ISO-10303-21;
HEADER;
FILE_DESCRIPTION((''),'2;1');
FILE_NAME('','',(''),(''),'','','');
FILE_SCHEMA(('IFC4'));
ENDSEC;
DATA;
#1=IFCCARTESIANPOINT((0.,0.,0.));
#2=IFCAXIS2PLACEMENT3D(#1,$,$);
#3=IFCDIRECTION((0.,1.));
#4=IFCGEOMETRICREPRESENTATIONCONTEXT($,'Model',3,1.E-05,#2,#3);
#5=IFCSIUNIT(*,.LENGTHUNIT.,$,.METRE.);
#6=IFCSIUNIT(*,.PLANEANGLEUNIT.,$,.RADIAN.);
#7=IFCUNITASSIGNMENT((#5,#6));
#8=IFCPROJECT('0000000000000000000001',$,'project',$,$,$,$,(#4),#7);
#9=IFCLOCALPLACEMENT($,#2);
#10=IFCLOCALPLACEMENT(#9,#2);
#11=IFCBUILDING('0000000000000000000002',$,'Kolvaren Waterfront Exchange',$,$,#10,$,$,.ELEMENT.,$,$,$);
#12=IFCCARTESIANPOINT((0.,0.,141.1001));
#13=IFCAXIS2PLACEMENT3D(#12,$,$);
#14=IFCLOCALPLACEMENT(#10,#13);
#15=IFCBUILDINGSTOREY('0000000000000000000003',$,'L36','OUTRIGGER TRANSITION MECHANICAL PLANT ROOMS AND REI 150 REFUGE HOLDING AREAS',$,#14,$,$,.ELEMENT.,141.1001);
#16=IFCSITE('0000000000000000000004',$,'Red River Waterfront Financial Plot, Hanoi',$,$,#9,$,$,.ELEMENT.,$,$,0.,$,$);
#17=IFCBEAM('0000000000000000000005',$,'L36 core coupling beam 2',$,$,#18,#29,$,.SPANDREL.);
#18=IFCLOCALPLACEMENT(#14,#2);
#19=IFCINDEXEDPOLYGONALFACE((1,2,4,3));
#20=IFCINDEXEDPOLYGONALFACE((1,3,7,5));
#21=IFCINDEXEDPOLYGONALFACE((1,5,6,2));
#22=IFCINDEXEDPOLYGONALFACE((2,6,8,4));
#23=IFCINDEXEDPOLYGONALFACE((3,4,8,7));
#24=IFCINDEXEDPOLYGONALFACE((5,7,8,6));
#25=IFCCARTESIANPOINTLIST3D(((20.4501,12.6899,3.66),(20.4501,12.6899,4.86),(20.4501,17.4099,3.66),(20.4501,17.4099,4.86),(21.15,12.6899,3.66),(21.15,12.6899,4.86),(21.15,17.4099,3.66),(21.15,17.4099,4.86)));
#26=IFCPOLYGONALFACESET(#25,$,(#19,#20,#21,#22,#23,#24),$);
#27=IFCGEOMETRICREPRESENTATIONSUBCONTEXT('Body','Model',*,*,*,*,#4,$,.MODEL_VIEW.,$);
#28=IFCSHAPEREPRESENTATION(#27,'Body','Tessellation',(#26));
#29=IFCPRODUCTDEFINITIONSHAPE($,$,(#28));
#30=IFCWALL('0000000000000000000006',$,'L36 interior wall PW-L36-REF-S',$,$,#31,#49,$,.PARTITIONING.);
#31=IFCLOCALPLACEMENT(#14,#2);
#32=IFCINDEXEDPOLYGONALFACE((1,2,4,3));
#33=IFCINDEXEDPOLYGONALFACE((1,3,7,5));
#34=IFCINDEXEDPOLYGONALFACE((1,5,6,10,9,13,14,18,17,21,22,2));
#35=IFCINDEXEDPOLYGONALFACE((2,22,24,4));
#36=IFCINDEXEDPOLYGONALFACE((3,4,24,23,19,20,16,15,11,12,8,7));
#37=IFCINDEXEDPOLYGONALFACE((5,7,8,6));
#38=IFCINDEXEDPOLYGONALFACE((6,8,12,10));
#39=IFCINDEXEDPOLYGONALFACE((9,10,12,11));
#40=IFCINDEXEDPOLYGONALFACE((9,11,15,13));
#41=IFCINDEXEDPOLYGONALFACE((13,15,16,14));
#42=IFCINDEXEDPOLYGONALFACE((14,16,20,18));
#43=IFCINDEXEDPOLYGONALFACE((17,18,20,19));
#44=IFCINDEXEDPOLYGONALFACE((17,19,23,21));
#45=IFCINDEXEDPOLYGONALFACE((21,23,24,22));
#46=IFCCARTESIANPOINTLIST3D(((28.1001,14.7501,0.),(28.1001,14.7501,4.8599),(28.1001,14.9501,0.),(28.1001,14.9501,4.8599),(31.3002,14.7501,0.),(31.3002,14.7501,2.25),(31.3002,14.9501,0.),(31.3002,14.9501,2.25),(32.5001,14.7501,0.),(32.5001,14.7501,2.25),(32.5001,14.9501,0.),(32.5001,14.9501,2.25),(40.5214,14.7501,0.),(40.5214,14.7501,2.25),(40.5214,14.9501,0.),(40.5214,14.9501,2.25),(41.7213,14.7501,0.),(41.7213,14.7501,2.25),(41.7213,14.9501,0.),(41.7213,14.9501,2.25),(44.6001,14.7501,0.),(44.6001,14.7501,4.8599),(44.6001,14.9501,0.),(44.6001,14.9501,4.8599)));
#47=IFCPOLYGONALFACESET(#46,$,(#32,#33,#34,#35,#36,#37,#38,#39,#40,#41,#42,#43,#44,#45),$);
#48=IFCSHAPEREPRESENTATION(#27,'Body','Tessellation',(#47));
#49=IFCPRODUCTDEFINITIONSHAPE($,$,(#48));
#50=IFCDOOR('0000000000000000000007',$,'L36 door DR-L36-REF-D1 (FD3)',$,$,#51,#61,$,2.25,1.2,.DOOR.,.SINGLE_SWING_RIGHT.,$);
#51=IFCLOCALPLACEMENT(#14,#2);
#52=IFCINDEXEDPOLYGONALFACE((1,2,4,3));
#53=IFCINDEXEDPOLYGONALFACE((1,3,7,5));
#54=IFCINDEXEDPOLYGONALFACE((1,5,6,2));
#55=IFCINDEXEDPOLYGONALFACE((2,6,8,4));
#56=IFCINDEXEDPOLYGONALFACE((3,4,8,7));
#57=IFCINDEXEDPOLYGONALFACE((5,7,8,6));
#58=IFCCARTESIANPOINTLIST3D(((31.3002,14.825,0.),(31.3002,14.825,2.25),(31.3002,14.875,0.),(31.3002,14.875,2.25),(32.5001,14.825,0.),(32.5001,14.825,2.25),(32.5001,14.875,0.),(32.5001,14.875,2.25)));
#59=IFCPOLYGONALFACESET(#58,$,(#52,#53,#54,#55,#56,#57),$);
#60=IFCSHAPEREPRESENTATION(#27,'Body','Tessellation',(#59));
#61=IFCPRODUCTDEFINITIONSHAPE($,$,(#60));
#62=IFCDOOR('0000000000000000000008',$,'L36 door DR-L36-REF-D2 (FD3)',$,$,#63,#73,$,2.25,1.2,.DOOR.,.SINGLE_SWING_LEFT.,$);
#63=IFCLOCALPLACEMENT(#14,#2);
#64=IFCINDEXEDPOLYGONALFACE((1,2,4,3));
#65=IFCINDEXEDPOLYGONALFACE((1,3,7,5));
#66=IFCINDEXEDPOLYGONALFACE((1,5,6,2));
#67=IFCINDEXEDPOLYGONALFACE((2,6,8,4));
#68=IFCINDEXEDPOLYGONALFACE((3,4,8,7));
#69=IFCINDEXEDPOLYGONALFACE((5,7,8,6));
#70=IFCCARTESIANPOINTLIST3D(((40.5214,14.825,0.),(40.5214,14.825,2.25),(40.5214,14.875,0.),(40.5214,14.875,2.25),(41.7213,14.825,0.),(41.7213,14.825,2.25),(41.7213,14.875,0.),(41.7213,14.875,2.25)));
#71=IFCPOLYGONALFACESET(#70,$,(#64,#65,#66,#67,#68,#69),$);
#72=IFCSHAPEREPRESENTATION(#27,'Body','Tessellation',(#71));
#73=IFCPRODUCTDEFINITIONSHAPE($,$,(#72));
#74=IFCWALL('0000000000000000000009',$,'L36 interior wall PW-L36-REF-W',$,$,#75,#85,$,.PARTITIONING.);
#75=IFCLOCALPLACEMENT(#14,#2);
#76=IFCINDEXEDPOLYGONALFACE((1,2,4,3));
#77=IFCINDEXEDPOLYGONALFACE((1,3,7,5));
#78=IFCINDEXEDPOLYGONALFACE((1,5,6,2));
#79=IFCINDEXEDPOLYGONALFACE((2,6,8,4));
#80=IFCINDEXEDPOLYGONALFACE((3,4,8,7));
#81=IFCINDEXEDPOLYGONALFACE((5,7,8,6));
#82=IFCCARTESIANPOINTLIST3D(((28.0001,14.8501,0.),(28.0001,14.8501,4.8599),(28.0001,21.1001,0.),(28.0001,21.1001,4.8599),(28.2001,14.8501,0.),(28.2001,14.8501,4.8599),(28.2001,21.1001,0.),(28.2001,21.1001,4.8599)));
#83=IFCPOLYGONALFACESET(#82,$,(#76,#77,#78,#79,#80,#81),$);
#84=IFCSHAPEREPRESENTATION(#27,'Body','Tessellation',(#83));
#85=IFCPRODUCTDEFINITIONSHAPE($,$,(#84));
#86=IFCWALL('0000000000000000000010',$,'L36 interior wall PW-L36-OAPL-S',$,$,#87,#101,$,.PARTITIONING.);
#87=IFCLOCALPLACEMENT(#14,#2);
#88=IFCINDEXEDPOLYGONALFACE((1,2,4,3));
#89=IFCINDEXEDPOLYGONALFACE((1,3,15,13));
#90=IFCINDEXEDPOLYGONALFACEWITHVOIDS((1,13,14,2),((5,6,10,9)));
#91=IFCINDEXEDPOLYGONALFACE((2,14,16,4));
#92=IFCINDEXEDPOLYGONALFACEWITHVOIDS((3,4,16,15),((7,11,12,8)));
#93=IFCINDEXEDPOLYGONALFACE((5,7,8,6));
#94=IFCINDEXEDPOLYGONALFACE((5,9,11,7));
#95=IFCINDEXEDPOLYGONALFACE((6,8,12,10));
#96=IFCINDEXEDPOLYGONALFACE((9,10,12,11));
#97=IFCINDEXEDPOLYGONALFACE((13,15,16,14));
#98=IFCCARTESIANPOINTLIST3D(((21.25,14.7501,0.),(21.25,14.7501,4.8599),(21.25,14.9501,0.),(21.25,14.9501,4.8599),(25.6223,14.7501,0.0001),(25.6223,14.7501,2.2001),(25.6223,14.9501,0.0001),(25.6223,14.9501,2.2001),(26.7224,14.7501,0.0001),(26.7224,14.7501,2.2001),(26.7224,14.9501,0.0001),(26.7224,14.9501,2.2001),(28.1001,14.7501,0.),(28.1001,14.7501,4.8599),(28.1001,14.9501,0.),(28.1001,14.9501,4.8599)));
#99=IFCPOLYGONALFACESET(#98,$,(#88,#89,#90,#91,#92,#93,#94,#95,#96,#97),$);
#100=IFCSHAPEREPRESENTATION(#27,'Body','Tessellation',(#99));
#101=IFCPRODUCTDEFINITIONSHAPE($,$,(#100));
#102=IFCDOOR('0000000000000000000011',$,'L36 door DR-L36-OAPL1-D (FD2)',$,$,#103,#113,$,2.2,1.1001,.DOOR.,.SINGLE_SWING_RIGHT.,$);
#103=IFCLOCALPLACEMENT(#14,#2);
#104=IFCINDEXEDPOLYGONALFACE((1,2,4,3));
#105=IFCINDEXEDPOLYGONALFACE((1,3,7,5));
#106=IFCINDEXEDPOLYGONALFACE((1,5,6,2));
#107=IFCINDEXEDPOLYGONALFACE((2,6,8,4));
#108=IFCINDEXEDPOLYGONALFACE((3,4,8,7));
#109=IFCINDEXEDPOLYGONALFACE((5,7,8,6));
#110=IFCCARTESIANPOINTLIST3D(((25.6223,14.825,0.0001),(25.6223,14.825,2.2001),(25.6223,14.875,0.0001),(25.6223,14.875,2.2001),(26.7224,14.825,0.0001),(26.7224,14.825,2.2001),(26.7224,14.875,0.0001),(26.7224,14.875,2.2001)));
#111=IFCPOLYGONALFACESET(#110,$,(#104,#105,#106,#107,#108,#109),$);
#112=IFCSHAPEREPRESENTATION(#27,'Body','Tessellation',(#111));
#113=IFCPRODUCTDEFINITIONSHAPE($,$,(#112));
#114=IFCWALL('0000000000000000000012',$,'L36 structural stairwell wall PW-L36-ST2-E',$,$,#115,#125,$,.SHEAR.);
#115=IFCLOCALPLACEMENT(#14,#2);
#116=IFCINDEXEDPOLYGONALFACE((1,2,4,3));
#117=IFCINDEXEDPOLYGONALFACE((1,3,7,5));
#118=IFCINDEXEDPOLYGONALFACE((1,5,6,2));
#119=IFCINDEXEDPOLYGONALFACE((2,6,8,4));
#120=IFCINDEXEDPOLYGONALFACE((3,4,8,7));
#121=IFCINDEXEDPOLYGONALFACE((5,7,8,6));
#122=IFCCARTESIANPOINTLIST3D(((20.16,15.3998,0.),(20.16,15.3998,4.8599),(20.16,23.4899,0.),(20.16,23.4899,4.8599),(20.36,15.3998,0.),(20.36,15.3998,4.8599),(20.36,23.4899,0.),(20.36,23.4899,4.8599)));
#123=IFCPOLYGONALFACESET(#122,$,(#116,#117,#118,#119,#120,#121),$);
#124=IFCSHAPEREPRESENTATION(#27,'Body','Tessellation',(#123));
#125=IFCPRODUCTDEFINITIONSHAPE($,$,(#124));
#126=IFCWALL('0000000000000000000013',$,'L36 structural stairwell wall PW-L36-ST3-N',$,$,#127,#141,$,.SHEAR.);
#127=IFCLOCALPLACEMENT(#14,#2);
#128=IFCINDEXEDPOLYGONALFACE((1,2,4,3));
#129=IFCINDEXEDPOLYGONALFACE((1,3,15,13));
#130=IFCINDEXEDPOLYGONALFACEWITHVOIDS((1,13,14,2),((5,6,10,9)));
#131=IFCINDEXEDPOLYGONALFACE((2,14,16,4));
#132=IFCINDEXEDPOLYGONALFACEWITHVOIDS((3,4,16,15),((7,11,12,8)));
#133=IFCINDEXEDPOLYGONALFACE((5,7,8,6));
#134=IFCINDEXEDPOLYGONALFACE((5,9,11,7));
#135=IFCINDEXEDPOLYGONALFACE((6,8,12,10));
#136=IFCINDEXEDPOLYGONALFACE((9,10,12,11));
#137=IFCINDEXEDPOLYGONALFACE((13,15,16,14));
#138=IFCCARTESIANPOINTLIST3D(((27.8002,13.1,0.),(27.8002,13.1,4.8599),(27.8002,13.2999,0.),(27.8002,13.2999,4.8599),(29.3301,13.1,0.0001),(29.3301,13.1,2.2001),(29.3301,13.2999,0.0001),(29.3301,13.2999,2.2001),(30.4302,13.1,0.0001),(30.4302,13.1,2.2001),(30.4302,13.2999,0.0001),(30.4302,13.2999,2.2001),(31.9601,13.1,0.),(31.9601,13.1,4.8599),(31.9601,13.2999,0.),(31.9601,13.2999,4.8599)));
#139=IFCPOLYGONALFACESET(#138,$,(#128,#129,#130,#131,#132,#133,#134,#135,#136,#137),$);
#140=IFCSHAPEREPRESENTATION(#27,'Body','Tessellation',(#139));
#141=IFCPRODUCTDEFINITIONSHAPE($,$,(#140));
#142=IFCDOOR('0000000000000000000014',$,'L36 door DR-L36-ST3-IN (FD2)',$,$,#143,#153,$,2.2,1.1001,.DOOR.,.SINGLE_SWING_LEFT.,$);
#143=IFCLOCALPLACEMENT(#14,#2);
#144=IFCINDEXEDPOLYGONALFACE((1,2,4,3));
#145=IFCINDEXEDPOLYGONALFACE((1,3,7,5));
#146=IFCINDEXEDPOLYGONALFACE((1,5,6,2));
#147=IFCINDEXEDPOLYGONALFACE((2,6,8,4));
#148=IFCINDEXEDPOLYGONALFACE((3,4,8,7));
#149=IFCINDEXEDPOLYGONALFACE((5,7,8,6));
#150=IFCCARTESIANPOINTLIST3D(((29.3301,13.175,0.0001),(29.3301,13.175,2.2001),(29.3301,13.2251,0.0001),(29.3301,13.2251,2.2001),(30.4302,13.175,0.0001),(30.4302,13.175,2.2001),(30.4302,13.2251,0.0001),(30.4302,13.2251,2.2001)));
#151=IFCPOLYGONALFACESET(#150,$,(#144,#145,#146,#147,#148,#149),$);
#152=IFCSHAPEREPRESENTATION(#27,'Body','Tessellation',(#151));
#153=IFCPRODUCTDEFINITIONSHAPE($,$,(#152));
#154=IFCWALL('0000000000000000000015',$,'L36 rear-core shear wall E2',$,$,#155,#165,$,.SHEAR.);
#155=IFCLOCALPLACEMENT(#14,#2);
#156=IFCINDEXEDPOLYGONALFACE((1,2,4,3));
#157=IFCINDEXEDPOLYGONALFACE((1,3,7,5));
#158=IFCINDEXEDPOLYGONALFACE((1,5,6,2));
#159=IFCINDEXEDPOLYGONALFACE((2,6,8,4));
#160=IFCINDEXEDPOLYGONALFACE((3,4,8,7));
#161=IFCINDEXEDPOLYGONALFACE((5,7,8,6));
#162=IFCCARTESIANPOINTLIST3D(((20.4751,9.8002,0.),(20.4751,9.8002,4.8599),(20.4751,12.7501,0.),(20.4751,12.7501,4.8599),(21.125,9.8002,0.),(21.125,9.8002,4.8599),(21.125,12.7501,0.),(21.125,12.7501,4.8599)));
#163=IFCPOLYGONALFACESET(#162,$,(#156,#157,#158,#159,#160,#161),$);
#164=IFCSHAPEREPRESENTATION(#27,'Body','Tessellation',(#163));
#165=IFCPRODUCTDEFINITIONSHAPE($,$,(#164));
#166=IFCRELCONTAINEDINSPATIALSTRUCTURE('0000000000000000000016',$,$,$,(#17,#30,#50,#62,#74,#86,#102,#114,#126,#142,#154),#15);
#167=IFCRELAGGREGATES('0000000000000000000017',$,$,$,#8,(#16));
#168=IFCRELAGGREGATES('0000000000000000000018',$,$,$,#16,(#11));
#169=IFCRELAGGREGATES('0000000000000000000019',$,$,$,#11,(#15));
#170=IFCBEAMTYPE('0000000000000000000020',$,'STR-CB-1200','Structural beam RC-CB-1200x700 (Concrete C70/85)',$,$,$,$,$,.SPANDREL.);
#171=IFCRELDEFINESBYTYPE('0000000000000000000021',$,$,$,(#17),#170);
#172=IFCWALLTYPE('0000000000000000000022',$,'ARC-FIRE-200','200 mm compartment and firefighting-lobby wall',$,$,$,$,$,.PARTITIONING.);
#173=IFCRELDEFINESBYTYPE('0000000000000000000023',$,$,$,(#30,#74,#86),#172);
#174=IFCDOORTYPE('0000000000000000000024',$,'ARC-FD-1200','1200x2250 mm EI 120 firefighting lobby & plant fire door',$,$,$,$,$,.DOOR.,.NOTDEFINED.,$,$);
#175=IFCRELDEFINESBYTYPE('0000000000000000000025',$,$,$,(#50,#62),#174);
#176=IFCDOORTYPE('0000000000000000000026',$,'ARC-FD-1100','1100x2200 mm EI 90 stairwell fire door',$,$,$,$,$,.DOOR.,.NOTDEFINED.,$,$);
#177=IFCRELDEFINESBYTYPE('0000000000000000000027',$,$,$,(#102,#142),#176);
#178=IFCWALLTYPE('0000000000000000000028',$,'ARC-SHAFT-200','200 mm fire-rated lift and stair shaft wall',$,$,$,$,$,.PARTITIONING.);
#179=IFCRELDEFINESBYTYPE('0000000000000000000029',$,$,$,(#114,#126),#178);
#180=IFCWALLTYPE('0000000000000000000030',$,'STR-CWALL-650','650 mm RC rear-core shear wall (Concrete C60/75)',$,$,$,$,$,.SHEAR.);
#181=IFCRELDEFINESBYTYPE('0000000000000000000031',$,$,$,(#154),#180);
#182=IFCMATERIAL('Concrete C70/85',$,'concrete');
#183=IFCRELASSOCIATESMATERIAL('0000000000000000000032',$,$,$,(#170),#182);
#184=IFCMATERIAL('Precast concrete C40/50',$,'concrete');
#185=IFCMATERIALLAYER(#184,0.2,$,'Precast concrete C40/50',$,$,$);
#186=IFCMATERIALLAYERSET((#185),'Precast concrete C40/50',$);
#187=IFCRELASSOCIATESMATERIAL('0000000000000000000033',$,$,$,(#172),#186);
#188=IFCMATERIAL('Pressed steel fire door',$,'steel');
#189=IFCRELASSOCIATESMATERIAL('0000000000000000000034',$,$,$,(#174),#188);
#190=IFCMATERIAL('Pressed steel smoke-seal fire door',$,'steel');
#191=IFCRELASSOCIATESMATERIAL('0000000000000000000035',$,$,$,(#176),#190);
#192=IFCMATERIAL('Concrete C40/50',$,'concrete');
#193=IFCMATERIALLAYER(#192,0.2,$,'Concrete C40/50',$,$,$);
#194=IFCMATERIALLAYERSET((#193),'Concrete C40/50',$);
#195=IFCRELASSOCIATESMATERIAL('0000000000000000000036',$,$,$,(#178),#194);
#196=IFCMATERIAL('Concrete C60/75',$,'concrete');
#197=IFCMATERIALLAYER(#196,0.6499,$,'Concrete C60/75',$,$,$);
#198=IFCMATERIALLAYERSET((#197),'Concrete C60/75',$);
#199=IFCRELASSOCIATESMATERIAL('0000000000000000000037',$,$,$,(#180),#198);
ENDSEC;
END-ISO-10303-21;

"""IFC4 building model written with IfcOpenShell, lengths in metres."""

from ifc_helpers import new_model, si_unit, direction, frame, frame_2d, origin, origin_2d, place, context, subcontext, project, spatial, rectangle, extrude, material, layer, layer_set, material_profile, profile_set, type_object, element, fill, save


model = new_model("IFC4")

# Units and contexts
model_context = context("Model", 3, precision=1e-05, world=origin(), true_north=direction((0.0, 1.0)))
body_context = subcontext(model_context, "Body", "Model", "MODEL_VIEW")
ifc_project = project(units=[si_unit("LENGTHUNIT", "METRE"), si_unit("PLANEANGLEUNIT", "RADIAN")], contexts=[model_context])

# Site, building, storey
site_placement = place(None, origin())
site = spatial("IfcSite", under=ifc_project, at=site_placement, Name="Red River Waterfront Financial Plot, Hanoi", CompositionType="ELEMENT", RefElevation=0.0)
building_placement = place(site_placement, origin())
building = spatial("IfcBuilding", under=site, at=building_placement, Name="Kolvaren Waterfront Exchange", CompositionType="ELEMENT")
storey_placement = place(building_placement, frame((0.0, 0.0, 141.1001)))
storey = spatial("IfcBuildingStorey", under=building, at=storey_placement, Name="L36", Description="OUTRIGGER TRANSITION MECHANICAL PLANT ROOMS AND REI 150 REFUGE HOLDING AREAS", CompositionType="ELEMENT", Elevation=141.1001)

# Beam
ifc_material_1 = material(Name="Concrete C70/85", Category="concrete")
ifc_material_profile_1 = material_profile(ifc_material_1, rectangle(XDim=0.7, YDim=1.2, at=origin_2d()), Name="RC-CB-1200x700")
ifc_profile_set_1 = profile_set([ifc_material_profile_1], Name="Concrete C70/85")
beam_type_1 = type_object("IfcBeamType", Name="STR-CB-1200", Description="Structural beam RC-CB-1200x700 (Concrete C70/85)", PredefinedType="SPANDREL", material=ifc_profile_set_1)
beam_1_placement = place(storey_placement, frame((20.8, 12.6899, 4.26), z_axis=(0.0, 1.0, 0.0), x_axis=(-1.0, 0.0, 0.0)))
element("IfcBeam", 1, at=beam_1_placement, inside=storey, type_object=beam_type_1, Name="L36 core coupling beam 2", PredefinedType="SPANDREL", context=body_context, shape_type="SweptSolid", body=[
    extrude(rectangle(XDim=0.7, YDim=1.2, at=origin_2d()), origin(), (0.0, 0.0, 1.0), 4.72),
])

# Wall, openings, doors
ifc_material_2 = material(Name="Precast concrete C40/50", Category="concrete")
ifc_layer_1 = layer(ifc_material_2, 0.2, Name="Precast concrete C40/50")
ifc_layer_set_1 = layer_set([ifc_layer_1], Name="Precast concrete C40/50")
wall_type_1 = type_object("IfcWallType", Name="ARC-FIRE-200", Description="200 mm compartment and firefighting-lobby wall", PredefinedType="PARTITIONING", material=ifc_layer_set_1)
wall_1_placement = place(storey_placement, frame((28.1001, 14.8501, 0.0), z_axis=(0.0, 0.0, 1.0), x_axis=(1.0, 0.0, 0.0)))
wall_1 = element("IfcWall", 2, at=wall_1_placement, inside=storey, type_object=wall_type_1, Name="L36 interior wall PW-L36-REF-S", PredefinedType="PARTITIONING", context=body_context, shape_type="SweptSolid", body=[
    extrude(rectangle(XDim=16.5, YDim=0.2, at=frame_2d((8.25, 0.0))), origin(), (0.0, 0.0, 1.0), 4.8599),
])
opening_1_placement = place(wall_1_placement, frame((3.2, 0.0, 0.0)))
opening_1 = element("IfcOpeningElement", 3, at=opening_1_placement, cuts=wall_1, PredefinedType="OPENING", context=body_context, shape_type="SweptSolid", body=[
    extrude(rectangle(XDim=1.2, YDim=2.25, at=frame_2d((0.6001, 1.125))), frame((0.0, 0.1099, 0.0), z_axis=(0.0, -1.0, 0.0), x_axis=(1.0, 0.0, 0.0)), (0.0, 0.0, 1.0), 0.22),
])
opening_2_placement = place(wall_1_placement, frame((12.4211, 0.0, 0.0)))
opening_2 = element("IfcOpeningElement", 4, at=opening_2_placement, cuts=wall_1, PredefinedType="OPENING", context=body_context, shape_type="SweptSolid", body=[
    extrude(rectangle(XDim=1.2, YDim=2.25, at=frame_2d((0.6001, 1.125))), frame((0.0, 0.1099, 0.0), z_axis=(0.0, -1.0, 0.0), x_axis=(1.0, 0.0, 0.0)), (0.0, 0.0, 1.0), 0.22),
])
ifc_material_3 = material(Name="Pressed steel fire door", Category="steel")
door_type_1 = type_object("IfcDoorType", Name="ARC-FD-1200", Description="1200x2250 mm EI 120 firefighting lobby & plant fire door", OperationType="NOTDEFINED", PredefinedType="DOOR", material=ifc_material_3)
door_1_placement = place(opening_1_placement, origin())
door_1 = element("IfcDoor", 5, at=door_1_placement, inside=storey, type_object=door_type_1, Name="L36 door DR-L36-REF-D1 (FD3)", OperationType="SINGLE_SWING_RIGHT", OverallHeight=2.25, OverallWidth=1.2, PredefinedType="DOOR", context=body_context, shape_type="SweptSolid", body=[
    extrude(rectangle(XDim=1.2, YDim=2.25, at=frame_2d((0.6001, 1.125))), frame((0.0, 0.0249, 0.0), z_axis=(0.0, -1.0, 0.0), x_axis=(1.0, 0.0, 0.0)), (0.0, 0.0, 1.0), 0.05),
])
fill(opening_1, door_1)
door_2_placement = place(opening_2_placement, origin())
door_2 = element("IfcDoor", 6, at=door_2_placement, inside=storey, type_object=door_type_1, Name="L36 door DR-L36-REF-D2 (FD3)", OperationType="SINGLE_SWING_LEFT", OverallHeight=2.25, OverallWidth=1.2, PredefinedType="DOOR", context=body_context, shape_type="SweptSolid", body=[
    extrude(rectangle(XDim=1.2, YDim=2.25, at=frame_2d((0.6001, 1.125))), frame((0.0, 0.0249, 0.0), z_axis=(0.0, -1.0, 0.0), x_axis=(1.0, 0.0, 0.0)), (0.0, 0.0, 1.0), 0.05),
])
fill(opening_2, door_2)

# Wall
wall_2_placement = place(storey_placement, frame((28.1001, 14.8501, 0.0), z_axis=(0.0, 0.0, 1.0), x_axis=(0.0, 1.0, 0.0)))
element("IfcWall", 7, at=wall_2_placement, inside=storey, type_object=wall_type_1, Name="L36 interior wall PW-L36-REF-W", PredefinedType="PARTITIONING", context=body_context, shape_type="SweptSolid", body=[
    extrude(rectangle(XDim=6.25, YDim=0.2, at=frame_2d((3.125, 0.0))), origin(), (0.0, 0.0, 1.0), 4.8599),
])

# Wall, opening, door
wall_3_placement = place(storey_placement, frame((21.25, 14.8501, 0.0), z_axis=(0.0, 0.0, 1.0), x_axis=(1.0, 0.0, 0.0)))
wall_3 = element("IfcWall", 8, at=wall_3_placement, inside=storey, type_object=wall_type_1, Name="L36 interior wall PW-L36-OAPL-S", PredefinedType="PARTITIONING", context=body_context, shape_type="SweptSolid", body=[
    extrude(rectangle(XDim=6.8501, YDim=0.2, at=frame_2d((3.425, 0.0))), origin(), (0.0, 0.0, 1.0), 4.8599),
])
opening_3_placement = place(wall_3_placement, frame((4.3723, 0.0, 0.0)))
opening_3 = element("IfcOpeningElement", 9, at=opening_3_placement, cuts=wall_3, PredefinedType="OPENING", context=body_context, shape_type="SweptSolid", body=[
    extrude(rectangle(XDim=1.1001, YDim=2.2, at=frame_2d((0.55, 1.1001))), frame((0.0, 0.1099, 0.0), z_axis=(0.0, -1.0, 0.0), x_axis=(1.0, 0.0, 0.0)), (0.0, 0.0, 1.0), 0.22),
])
ifc_material_4 = material(Name="Pressed steel smoke-seal fire door", Category="steel")
door_type_2 = type_object("IfcDoorType", Name="ARC-FD-1100", Description="1100x2200 mm EI 90 stairwell fire door", OperationType="NOTDEFINED", PredefinedType="DOOR", material=ifc_material_4)
door_3_placement = place(opening_3_placement, origin())
door_3 = element("IfcDoor", 10, at=door_3_placement, inside=storey, type_object=door_type_2, Name="L36 door DR-L36-OAPL1-D (FD2)", OperationType="SINGLE_SWING_RIGHT", OverallHeight=2.2, OverallWidth=1.1001, PredefinedType="DOOR", context=body_context, shape_type="SweptSolid", body=[
    extrude(rectangle(XDim=1.1001, YDim=2.2, at=frame_2d((0.55, 1.1001))), frame((0.0, 0.0249, 0.0), z_axis=(0.0, -1.0, 0.0), x_axis=(1.0, 0.0, 0.0)), (0.0, 0.0, 1.0), 0.05),
])
fill(opening_3, door_3)

# Wall
ifc_material_5 = material(Name="Concrete C40/50", Category="concrete")
ifc_layer_2 = layer(ifc_material_5, 0.2, Name="Concrete C40/50")
ifc_layer_set_2 = layer_set([ifc_layer_2], Name="Concrete C40/50")
wall_type_2 = type_object("IfcWallType", Name="ARC-SHAFT-200", Description="200 mm fire-rated lift and stair shaft wall", PredefinedType="PARTITIONING", material=ifc_layer_set_2)
wall_4_placement = place(storey_placement, frame((20.26, 15.3999, 0.0), z_axis=(0.0, 0.0, 1.0), x_axis=(0.0, 1.0, 0.0)))
element("IfcWall", 11, at=wall_4_placement, inside=storey, type_object=wall_type_2, Name="L36 structural stairwell wall PW-L36-ST2-E", PredefinedType="SHEAR", context=body_context, shape_type="SweptSolid", body=[
    extrude(rectangle(XDim=8.0901, YDim=0.2, at=frame_2d((4.0449, 0.0))), origin(), (0.0, 0.0, 1.0), 4.8599),
])

# Wall, opening, door
wall_5_placement = place(storey_placement, frame((27.8, 13.2, 0.0), z_axis=(0.0, 0.0, 1.0), x_axis=(1.0, 0.0, 0.0)))
wall_5 = element("IfcWall", 12, at=wall_5_placement, inside=storey, type_object=wall_type_2, Name="L36 structural stairwell wall PW-L36-ST3-N", PredefinedType="SHEAR", context=body_context, shape_type="SweptSolid", body=[
    extrude(rectangle(XDim=4.1599, YDim=0.2, at=frame_2d((2.0801, 0.0))), origin(), (0.0, 0.0, 1.0), 4.8599),
])
opening_4_placement = place(wall_5_placement, frame((1.53, 0.0, 0.0)))
opening_4 = element("IfcOpeningElement", 13, at=opening_4_placement, cuts=wall_5, PredefinedType="OPENING", context=body_context, shape_type="SweptSolid", body=[
    extrude(rectangle(XDim=1.1001, YDim=2.2, at=frame_2d((0.55, 1.1001))), frame((0.0, 0.1099, 0.0), z_axis=(0.0, -1.0, 0.0), x_axis=(1.0, 0.0, 0.0)), (0.0, 0.0, 1.0), 0.22),
])
door_4_placement = place(opening_4_placement, frame((1.1001, 0.0, 0.0), z_axis=(0.0, 0.0, 1.0), x_axis=(-1.0, 0.0, 0.0)))
door_4 = element("IfcDoor", 14, at=door_4_placement, inside=storey, type_object=door_type_2, Name="L36 door DR-L36-ST3-IN (FD2)", OperationType="SINGLE_SWING_LEFT", OverallHeight=2.2, OverallWidth=1.1001, PredefinedType="DOOR", context=body_context, shape_type="SweptSolid", body=[
    extrude(rectangle(XDim=1.1001, YDim=2.2, at=frame_2d((0.55, 1.1001))), frame((0.0, 0.0249, 0.0), z_axis=(0.0, -1.0, 0.0), x_axis=(1.0, 0.0, 0.0)), (0.0, 0.0, 1.0), 0.05),
])
fill(opening_4, door_4)

# Wall
ifc_material_6 = material(Name="Concrete C60/75", Category="concrete")
ifc_layer_3 = layer(ifc_material_6, 0.6499, Name="Concrete C60/75")
ifc_layer_set_3 = layer_set([ifc_layer_3], Name="Concrete C60/75")
wall_type_3 = type_object("IfcWallType", Name="STR-CWALL-650", Description="650 mm RC rear-core shear wall (Concrete C60/75)", PredefinedType="SHEAR", material=ifc_layer_set_3)
wall_6_placement = place(storey_placement, frame((20.8, 9.8, 0.0), z_axis=(0.0, 0.0, 1.0), x_axis=(0.0, 1.0, 0.0)))
element("IfcWall", 15, at=wall_6_placement, inside=storey, type_object=wall_type_3, Name="L36 rear-core shear wall E2", PredefinedType="SHEAR", context=body_context, shape_type="SweptSolid", body=[
    extrude(rectangle(XDim=2.95, YDim=0.6499, at=frame_2d((1.4751, 0.0))), origin(), (0.0, 0.0, 1.0), 4.8599),
])

save(model, "model.ifc")
